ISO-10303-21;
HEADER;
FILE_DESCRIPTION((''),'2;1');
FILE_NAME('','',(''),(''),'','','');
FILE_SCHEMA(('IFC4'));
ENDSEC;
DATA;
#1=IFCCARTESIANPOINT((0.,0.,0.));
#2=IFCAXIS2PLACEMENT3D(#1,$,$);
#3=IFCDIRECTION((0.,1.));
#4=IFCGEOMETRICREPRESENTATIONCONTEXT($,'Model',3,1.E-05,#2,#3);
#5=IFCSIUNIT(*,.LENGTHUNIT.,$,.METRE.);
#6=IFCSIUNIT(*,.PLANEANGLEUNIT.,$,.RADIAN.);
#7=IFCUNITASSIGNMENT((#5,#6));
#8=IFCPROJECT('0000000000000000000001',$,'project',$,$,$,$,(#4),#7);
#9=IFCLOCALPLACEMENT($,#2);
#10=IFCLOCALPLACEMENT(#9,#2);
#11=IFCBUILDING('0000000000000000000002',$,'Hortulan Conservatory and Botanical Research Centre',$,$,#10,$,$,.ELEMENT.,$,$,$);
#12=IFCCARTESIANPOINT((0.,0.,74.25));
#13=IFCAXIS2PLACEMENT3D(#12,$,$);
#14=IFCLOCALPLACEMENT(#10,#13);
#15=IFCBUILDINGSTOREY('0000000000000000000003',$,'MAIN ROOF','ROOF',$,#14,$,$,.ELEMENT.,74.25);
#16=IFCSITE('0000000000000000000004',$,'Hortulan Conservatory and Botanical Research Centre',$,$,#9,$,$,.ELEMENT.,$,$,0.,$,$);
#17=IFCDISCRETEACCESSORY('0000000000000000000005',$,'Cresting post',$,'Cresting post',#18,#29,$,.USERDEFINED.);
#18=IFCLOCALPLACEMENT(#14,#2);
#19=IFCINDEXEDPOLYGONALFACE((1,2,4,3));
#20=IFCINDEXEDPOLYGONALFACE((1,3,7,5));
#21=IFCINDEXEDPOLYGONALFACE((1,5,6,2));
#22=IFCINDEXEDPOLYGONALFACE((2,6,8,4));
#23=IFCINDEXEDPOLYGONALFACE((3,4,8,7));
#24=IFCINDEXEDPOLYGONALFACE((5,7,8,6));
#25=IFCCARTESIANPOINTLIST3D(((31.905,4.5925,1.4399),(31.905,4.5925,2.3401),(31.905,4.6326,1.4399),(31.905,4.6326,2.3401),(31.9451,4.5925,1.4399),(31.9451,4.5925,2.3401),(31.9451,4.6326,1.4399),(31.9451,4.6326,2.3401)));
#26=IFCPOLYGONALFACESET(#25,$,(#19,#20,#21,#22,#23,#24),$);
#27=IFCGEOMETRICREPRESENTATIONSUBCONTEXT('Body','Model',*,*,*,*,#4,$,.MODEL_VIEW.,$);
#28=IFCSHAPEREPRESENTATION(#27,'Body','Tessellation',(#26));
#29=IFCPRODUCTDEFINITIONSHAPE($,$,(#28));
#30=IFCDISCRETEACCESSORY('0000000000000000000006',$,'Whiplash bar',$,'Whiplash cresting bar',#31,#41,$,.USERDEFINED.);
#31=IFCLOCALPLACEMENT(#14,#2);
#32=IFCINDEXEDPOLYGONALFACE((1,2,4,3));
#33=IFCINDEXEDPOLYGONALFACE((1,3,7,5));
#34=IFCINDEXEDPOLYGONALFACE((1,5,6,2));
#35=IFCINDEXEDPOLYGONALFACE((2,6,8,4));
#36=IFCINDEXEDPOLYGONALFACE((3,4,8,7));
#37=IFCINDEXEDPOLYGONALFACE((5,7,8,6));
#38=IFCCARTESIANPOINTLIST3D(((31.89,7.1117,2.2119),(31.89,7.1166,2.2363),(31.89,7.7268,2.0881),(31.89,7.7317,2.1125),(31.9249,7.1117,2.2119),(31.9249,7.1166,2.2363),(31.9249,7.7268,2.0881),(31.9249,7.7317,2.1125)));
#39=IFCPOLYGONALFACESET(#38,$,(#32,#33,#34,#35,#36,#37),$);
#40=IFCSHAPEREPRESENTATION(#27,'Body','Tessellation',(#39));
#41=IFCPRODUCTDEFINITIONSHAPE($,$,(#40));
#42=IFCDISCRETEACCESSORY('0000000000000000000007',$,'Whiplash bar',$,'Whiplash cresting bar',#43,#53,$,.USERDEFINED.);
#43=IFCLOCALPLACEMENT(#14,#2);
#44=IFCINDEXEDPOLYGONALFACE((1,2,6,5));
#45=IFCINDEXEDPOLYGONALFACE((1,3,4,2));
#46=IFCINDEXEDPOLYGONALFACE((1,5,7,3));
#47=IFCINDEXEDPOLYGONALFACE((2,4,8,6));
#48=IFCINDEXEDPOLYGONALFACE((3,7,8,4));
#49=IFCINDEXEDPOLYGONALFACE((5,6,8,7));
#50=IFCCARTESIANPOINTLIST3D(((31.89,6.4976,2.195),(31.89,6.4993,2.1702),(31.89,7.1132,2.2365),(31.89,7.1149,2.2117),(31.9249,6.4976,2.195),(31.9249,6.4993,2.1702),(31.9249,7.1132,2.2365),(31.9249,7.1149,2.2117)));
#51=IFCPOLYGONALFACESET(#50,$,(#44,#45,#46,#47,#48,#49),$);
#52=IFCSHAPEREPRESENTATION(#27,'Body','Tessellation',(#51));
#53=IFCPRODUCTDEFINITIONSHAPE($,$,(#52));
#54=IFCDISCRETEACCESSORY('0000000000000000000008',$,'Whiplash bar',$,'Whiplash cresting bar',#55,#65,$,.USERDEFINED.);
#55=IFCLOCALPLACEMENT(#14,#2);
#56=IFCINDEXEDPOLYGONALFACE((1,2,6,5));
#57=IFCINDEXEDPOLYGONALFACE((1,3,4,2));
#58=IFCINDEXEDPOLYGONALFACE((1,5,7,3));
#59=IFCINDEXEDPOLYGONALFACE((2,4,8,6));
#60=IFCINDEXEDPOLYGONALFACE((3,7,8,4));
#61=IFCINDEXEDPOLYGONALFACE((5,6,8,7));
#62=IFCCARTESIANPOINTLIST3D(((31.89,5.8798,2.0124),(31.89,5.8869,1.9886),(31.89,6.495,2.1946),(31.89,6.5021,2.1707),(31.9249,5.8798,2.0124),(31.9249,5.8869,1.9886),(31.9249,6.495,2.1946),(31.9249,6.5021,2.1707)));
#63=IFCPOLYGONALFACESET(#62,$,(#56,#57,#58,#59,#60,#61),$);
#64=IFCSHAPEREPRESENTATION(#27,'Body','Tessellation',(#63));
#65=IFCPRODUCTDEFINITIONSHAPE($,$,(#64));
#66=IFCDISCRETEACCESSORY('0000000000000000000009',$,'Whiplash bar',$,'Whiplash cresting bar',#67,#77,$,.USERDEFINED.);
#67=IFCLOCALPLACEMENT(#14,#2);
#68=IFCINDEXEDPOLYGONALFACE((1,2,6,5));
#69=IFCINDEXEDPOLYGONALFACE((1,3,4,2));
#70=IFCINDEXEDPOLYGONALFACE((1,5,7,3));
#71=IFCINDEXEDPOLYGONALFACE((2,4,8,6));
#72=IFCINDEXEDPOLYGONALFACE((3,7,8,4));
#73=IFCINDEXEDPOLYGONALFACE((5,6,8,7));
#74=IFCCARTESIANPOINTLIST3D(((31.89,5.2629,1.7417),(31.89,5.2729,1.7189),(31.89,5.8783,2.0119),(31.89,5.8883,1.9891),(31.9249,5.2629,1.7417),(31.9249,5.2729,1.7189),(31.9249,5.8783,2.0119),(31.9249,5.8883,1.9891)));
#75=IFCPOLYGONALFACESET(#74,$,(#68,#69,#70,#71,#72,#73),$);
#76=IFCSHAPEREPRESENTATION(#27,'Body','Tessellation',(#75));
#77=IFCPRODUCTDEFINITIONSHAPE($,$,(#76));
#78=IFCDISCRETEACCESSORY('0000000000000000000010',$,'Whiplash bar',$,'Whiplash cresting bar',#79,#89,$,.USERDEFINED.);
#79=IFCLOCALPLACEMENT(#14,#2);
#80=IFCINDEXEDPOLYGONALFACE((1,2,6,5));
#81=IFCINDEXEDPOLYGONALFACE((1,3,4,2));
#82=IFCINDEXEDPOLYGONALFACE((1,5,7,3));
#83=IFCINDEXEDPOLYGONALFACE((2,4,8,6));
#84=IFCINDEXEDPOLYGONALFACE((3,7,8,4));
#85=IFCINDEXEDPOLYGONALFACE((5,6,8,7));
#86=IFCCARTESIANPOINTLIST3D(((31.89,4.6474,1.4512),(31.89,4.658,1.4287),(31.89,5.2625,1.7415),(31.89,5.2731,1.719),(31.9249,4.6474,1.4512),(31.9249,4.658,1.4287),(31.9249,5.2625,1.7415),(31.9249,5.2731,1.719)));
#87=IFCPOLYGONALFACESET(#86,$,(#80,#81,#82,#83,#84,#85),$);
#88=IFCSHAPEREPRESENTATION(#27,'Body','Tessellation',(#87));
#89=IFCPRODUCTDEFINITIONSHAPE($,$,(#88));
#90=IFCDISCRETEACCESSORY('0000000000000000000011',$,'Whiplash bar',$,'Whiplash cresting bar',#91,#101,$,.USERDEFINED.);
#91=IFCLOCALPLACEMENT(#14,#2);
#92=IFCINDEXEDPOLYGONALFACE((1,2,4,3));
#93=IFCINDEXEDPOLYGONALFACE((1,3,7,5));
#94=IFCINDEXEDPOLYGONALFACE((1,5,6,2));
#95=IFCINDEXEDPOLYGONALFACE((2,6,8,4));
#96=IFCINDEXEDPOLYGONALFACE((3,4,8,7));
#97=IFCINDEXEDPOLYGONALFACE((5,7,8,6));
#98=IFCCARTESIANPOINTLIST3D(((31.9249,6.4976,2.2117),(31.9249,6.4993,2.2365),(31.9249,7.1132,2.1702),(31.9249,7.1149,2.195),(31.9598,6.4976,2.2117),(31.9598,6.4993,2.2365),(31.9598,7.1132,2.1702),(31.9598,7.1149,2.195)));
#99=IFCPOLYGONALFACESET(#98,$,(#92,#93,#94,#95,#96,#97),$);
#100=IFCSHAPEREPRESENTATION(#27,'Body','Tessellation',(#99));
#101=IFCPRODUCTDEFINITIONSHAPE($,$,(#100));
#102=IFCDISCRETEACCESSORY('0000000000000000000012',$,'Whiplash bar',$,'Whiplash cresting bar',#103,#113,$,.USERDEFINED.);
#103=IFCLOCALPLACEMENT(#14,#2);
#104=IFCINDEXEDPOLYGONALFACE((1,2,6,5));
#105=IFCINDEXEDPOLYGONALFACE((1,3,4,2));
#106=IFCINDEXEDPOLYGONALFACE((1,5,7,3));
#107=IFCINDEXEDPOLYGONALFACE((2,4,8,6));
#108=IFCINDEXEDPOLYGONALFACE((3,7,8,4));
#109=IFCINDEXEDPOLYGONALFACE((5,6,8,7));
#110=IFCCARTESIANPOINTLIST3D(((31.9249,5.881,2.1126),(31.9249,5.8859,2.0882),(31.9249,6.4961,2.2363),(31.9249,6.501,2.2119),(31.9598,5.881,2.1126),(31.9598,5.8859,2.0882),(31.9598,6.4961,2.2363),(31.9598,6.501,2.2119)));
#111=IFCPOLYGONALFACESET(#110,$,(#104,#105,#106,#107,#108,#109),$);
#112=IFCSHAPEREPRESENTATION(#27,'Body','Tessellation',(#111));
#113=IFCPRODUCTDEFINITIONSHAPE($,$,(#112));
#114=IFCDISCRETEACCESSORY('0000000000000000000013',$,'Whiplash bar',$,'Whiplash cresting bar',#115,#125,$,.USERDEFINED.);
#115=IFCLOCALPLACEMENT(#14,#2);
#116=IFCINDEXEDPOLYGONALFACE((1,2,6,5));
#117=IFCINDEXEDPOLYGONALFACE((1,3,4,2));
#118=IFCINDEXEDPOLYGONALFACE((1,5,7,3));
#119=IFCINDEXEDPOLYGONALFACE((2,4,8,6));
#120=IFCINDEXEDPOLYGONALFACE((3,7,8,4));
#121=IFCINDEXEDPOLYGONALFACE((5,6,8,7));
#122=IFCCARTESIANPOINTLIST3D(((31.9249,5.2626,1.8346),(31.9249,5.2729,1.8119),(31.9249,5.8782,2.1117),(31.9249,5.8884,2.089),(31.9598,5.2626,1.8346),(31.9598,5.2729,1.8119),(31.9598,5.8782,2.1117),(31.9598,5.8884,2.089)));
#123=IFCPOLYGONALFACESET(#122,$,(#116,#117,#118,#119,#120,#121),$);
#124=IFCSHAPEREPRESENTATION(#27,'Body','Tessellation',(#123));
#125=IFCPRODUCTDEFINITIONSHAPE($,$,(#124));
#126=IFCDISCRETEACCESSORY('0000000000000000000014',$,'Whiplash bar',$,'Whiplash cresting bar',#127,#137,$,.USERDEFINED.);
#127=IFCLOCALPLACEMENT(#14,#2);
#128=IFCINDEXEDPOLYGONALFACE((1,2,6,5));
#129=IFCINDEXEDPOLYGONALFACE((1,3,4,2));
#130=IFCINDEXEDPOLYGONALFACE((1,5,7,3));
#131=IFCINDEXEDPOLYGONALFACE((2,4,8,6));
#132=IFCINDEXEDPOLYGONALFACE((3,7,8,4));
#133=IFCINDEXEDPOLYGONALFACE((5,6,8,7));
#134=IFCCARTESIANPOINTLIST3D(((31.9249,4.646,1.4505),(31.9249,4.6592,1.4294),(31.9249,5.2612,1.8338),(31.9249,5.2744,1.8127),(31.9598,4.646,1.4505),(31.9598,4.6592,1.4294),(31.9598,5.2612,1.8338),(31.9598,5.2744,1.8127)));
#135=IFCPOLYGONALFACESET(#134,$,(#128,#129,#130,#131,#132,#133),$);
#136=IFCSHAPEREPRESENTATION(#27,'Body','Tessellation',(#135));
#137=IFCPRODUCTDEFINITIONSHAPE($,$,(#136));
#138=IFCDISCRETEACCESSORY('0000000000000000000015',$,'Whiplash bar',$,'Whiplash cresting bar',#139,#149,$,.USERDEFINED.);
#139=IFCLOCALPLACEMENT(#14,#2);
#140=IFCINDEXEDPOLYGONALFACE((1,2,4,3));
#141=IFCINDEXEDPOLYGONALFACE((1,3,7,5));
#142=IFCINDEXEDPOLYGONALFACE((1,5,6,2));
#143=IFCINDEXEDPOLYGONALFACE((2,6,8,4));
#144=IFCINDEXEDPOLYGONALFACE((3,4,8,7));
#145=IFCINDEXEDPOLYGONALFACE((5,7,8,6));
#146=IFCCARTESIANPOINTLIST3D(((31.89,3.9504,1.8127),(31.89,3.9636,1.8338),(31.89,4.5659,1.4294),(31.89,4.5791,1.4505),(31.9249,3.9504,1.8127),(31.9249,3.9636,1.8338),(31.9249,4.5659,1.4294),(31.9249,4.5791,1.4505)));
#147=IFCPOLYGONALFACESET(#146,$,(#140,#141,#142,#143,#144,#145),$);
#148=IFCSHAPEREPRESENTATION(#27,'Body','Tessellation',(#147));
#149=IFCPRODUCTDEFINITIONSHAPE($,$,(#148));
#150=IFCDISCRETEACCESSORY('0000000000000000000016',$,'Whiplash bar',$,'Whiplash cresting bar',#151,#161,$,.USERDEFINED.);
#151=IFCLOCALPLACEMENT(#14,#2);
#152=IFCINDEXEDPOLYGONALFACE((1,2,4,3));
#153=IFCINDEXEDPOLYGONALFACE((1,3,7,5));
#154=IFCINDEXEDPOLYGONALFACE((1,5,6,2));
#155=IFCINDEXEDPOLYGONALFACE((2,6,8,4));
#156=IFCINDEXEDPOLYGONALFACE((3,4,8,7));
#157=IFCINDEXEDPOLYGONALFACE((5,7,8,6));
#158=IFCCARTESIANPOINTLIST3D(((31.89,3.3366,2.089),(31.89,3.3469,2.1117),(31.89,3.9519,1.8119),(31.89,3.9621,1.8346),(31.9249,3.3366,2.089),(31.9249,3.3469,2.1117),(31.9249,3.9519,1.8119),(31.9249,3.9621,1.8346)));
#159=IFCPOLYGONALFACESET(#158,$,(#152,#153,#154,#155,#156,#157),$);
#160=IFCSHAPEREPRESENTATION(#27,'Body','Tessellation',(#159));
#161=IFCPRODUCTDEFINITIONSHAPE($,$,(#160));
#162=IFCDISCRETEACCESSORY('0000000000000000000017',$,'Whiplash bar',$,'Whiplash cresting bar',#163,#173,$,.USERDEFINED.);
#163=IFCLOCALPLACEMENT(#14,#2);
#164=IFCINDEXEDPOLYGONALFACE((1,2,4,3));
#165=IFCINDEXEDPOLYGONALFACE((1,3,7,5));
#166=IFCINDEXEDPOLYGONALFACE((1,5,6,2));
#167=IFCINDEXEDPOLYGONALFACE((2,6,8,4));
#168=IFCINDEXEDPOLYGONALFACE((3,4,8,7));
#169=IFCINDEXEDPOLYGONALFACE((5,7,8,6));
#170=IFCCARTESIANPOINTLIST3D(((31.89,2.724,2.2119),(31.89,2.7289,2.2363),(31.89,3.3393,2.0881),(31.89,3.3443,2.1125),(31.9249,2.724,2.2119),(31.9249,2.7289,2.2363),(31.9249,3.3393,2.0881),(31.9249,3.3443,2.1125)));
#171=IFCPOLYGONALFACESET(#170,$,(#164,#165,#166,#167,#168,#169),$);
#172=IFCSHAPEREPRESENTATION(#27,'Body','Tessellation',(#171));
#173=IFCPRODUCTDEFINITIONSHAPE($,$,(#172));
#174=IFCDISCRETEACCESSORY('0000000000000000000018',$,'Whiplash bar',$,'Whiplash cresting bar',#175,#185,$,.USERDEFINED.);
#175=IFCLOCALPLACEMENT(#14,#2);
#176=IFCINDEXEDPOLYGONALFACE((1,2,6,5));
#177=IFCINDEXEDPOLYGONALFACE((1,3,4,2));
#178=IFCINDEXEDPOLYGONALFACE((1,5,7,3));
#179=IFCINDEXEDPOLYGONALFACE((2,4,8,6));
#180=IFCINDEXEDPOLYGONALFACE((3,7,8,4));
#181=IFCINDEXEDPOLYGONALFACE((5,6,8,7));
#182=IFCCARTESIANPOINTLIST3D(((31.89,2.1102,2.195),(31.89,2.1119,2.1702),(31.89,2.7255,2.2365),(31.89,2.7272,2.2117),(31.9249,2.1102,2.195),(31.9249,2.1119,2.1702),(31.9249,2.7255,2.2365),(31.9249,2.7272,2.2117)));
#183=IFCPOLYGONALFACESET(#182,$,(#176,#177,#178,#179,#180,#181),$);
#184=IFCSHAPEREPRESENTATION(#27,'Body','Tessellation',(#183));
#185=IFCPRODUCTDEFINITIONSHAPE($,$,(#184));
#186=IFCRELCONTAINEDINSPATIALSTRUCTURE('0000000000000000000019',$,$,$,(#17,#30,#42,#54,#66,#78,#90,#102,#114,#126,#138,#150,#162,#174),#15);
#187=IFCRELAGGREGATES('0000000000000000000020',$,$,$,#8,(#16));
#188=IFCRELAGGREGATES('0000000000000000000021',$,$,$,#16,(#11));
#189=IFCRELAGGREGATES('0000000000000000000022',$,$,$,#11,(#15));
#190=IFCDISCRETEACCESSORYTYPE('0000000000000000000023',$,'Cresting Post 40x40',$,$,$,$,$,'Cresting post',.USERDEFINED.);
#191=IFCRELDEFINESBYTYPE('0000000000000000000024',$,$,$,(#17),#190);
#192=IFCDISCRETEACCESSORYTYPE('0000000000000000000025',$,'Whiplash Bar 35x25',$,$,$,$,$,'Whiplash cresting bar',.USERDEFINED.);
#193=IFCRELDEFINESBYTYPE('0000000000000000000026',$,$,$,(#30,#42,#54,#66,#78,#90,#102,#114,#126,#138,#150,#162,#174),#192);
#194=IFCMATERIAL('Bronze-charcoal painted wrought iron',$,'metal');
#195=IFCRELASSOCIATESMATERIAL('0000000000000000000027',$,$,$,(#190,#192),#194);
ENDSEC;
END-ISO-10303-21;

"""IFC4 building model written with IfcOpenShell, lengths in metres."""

from ifc_helpers import new_model, si_unit, direction, frame, origin, origin_2d, place, context, subcontext, project, spatial, rectangle, extrude, material, material_profile, profile_set, type_object, element, save


model = new_model("IFC4")

# Units and contexts
model_context = context("Model", 3, precision=1e-05, world=origin(), true_north=direction((0.0, 1.0)))
body_context = subcontext(model_context, "Body", "Model", "MODEL_VIEW")
ifc_project = project(units=[si_unit("LENGTHUNIT", "METRE"), si_unit("PLANEANGLEUNIT", "RADIAN")], contexts=[model_context])

# Site, building, storey
site_placement = place(None, origin())
site = spatial("IfcSite", under=ifc_project, at=site_placement, Name="Hortulan Conservatory and Botanical Research Centre", CompositionType="ELEMENT", RefElevation=0.0)
building_placement = place(site_placement, origin())
building = spatial("IfcBuilding", under=site, at=building_placement, Name="Hortulan Conservatory and Botanical Research Centre", CompositionType="ELEMENT")
storey_placement = place(building_placement, frame((0.0, 0.0, 74.25)))
storey = spatial("IfcBuildingStorey", under=building, at=storey_placement, Name="MAIN ROOF", Description="ROOF", CompositionType="ELEMENT", Elevation=74.25)

# Discrete accessories
ifc_material = material(Name="Bronze-charcoal painted wrought iron", Category="metal")
ifc_material_profile_1 = material_profile(ifc_material, rectangle(XDim=0.04, YDim=0.04, at=origin_2d()), Name="Square bar 40x40")
ifc_profile_set_1 = profile_set([ifc_material_profile_1], Name="Bronze-charcoal painted wrought iron")
discrete_accessory_type_1 = type_object("IfcDiscreteAccessoryType", Name="Cresting Post 40x40", ElementType="Cresting post", PredefinedType="USERDEFINED", material=ifc_profile_set_1)
discrete_accessory_1_placement = place(storey_placement, frame((31.925, 4.6125, 1.4399), z_axis=(0.0, 0.0, 1.0), x_axis=(1.0, 0.0, 0.0)))
element("IfcDiscreteAccessory", 1, at=discrete_accessory_1_placement, inside=storey, type_object=discrete_accessory_type_1, Name="Cresting post", ObjectType="Cresting post", PredefinedType="USERDEFINED", context=body_context, shape_type="SweptSolid", body=[
    extrude(rectangle(XDim=0.04, YDim=0.04, at=origin_2d()), origin(), (0.0, 0.0, 1.0), 0.9001),
])
ifc_material_profile_2 = material_profile(ifc_material, rectangle(XDim=0.0349, YDim=0.0249, at=origin_2d()), Name="Flat bar 35x25")
ifc_profile_set_2 = profile_set([ifc_material_profile_2], Name="Bronze-charcoal painted wrought iron")
discrete_accessory_type_2 = type_object("IfcDiscreteAccessoryType", Name="Whiplash Bar 35x25", ElementType="Whiplash cresting bar", PredefinedType="USERDEFINED", material=ifc_profile_set_2)
discrete_accessory_2_placement = place(storey_placement, frame((31.9075, 7.7292, 2.1003), z_axis=(0.0, -0.980356, 0.197238), x_axis=(1.0, 0.0, 0.0)))
element("IfcDiscreteAccessory", 2, at=discrete_accessory_2_placement, inside=storey, type_object=discrete_accessory_type_2, Name="Whiplash bar", ObjectType="Whiplash cresting bar", PredefinedType="USERDEFINED", context=body_context, shape_type="SweptSolid", body=[
    extrude(rectangle(XDim=0.0349, YDim=0.0249, at=origin_2d()), origin(), (0.0, 0.0, 1.0), 0.6274),
])
discrete_accessory_3_placement = place(storey_placement, frame((31.9075, 7.114, 2.2241), z_axis=(0.0, -0.997734, -0.067281), x_axis=(1.0, 0.0, 0.0)))
element("IfcDiscreteAccessory", 3, at=discrete_accessory_3_placement, inside=storey, type_object=discrete_accessory_type_2, Name="Whiplash bar", ObjectType="Whiplash cresting bar", PredefinedType="USERDEFINED", context=body_context, shape_type="SweptSolid", body=[
    extrude(rectangle(XDim=0.0349, YDim=0.0249, at=origin_2d()), origin(), (0.0, 0.0, 1.0), 0.6169),
])
discrete_accessory_4_placement = place(storey_placement, frame((31.9075, 6.4985, 2.1826), z_axis=(0.0, -0.958867, -0.283855), x_axis=(1.0, 0.0, 0.0)))
element("IfcDiscreteAccessory", 4, at=discrete_accessory_4_placement, inside=storey, type_object=discrete_accessory_type_2, Name="Whiplash bar", ObjectType="Whiplash cresting bar", PredefinedType="USERDEFINED", context=body_context, shape_type="SweptSolid", body=[
    extrude(rectangle(XDim=0.0349, YDim=0.0249, at=origin_2d()), origin(), (0.0, 0.0, 1.0), 0.6416),
])
discrete_accessory_5_placement = place(storey_placement, frame((31.9075, 5.8833, 2.0005), z_axis=(0.0, -0.915615, -0.402057), x_axis=(1.0, 0.0, 0.0)))
element("IfcDiscreteAccessory", 5, at=discrete_accessory_5_placement, inside=storey, type_object=discrete_accessory_type_2, Name="Whiplash bar", ObjectType="Whiplash cresting bar", PredefinedType="USERDEFINED", context=body_context, shape_type="SweptSolid", body=[
    extrude(rectangle(XDim=0.0349, YDim=0.0249, at=origin_2d()), origin(), (0.0, 0.0, 1.0), 0.6721),
])
discrete_accessory_6_placement = place(storey_placement, frame((31.9075, 5.2678, 1.7302), z_axis=(0.0, -0.904387, -0.426713), x_axis=(1.0, 0.0, 0.0)))
element("IfcDiscreteAccessory", 6, at=discrete_accessory_6_placement, inside=storey, type_object=discrete_accessory_type_2, Name="Whiplash bar", ObjectType="Whiplash cresting bar", PredefinedType="USERDEFINED", context=body_context, shape_type="SweptSolid", body=[
    extrude(rectangle(XDim=0.0349, YDim=0.0249, at=origin_2d()), origin(), (0.0, 0.0, 1.0), 0.6802),
])
discrete_accessory_7_placement = place(storey_placement, frame((31.9424, 7.114, 2.1826), z_axis=(0.0, -0.997734, 0.067281), x_axis=(1.0, 0.0, 0.0)))
element("IfcDiscreteAccessory", 7, at=discrete_accessory_7_placement, inside=storey, type_object=discrete_accessory_type_2, Name="Whiplash bar", ObjectType="Whiplash cresting bar", PredefinedType="USERDEFINED", context=body_context, shape_type="SweptSolid", body=[
    extrude(rectangle(XDim=0.0349, YDim=0.0249, at=origin_2d()), origin(), (0.0, 0.0, 1.0), 0.6169),
])
discrete_accessory_8_placement = place(storey_placement, frame((31.9424, 6.4985, 2.2241), z_axis=(0.0, -0.980356, -0.197238), x_axis=(1.0, 0.0, 0.0)))
element("IfcDiscreteAccessory", 8, at=discrete_accessory_8_placement, inside=storey, type_object=discrete_accessory_type_2, Name="Whiplash bar", ObjectType="Whiplash cresting bar", PredefinedType="USERDEFINED", context=body_context, shape_type="SweptSolid", body=[
    extrude(rectangle(XDim=0.0349, YDim=0.0249, at=origin_2d()), origin(), (0.0, 0.0, 1.0), 0.6274),
])
discrete_accessory_9_placement = place(storey_placement, frame((31.9424, 5.8833, 2.1003), z_axis=(0.0, -0.911847, -0.41053), x_axis=(1.0, 0.0, 0.0)))
element("IfcDiscreteAccessory", 9, at=discrete_accessory_9_placement, inside=storey, type_object=discrete_accessory_type_2, Name="Whiplash bar", ObjectType="Whiplash cresting bar", PredefinedType="USERDEFINED", context=body_context, shape_type="SweptSolid", body=[
    extrude(rectangle(XDim=0.0349, YDim=0.0249, at=origin_2d()), origin(), (0.0, 0.0, 1.0), 0.675),
])
discrete_accessory_10_placement = place(storey_placement, frame((31.9424, 5.2678, 1.8232), z_axis=(0.0, -0.848754, -0.528787), x_axis=(1.0, 0.0, 0.0)))
element("IfcDiscreteAccessory", 10, at=discrete_accessory_10_placement, inside=storey, type_object=discrete_accessory_type_2, Name="Whiplash bar", ObjectType="Whiplash cresting bar", PredefinedType="USERDEFINED", context=body_context, shape_type="SweptSolid", body=[
    extrude(rectangle(XDim=0.0349, YDim=0.0249, at=origin_2d()), origin(), (0.0, 0.0, 1.0), 0.7249),
])
discrete_accessory_11_placement = place(storey_placement, frame((31.9075, 4.5725, 1.4399), z_axis=(0.0, -0.848848, 0.528636), x_axis=(1.0, 0.0, 0.0)))
element("IfcDiscreteAccessory", 11, at=discrete_accessory_11_placement, inside=storey, type_object=discrete_accessory_type_2, Name="Whiplash bar", ObjectType="Whiplash cresting bar", PredefinedType="USERDEFINED", context=body_context, shape_type="SweptSolid", body=[
    extrude(rectangle(XDim=0.0349, YDim=0.0249, at=origin_2d()), origin(), (0.0, 0.0, 1.0), 0.7251),
])
discrete_accessory_12_placement = place(storey_placement, frame((31.9075, 3.957, 1.8232), z_axis=(0.0, -0.911786, 0.410666), x_axis=(1.0, 0.0, 0.0)))
element("IfcDiscreteAccessory", 12, at=discrete_accessory_12_placement, inside=storey, type_object=discrete_accessory_type_2, Name="Whiplash bar", ObjectType="Whiplash cresting bar", PredefinedType="USERDEFINED", context=body_context, shape_type="SweptSolid", body=[
    extrude(rectangle(XDim=0.0349, YDim=0.0249, at=origin_2d()), origin(), (0.0, 0.0, 1.0), 0.6748),
])
discrete_accessory_13_placement = place(storey_placement, frame((31.9075, 3.3418, 2.1003), z_axis=(0.0, -0.980371, 0.197163), x_axis=(1.0, 0.0, 0.0)))
element("IfcDiscreteAccessory", 13, at=discrete_accessory_13_placement, inside=storey, type_object=discrete_accessory_type_2, Name="Whiplash bar", ObjectType="Whiplash cresting bar", PredefinedType="USERDEFINED", context=body_context, shape_type="SweptSolid", body=[
    extrude(rectangle(XDim=0.0349, YDim=0.0249, at=origin_2d()), origin(), (0.0, 0.0, 1.0), 0.6277),
])
discrete_accessory_14_placement = place(storey_placement, frame((31.9075, 2.7263, 2.2241), z_axis=(0.0, -0.997732, -0.067307), x_axis=(1.0, 0.0, 0.0)))
element("IfcDiscreteAccessory", 14, at=discrete_accessory_14_placement, inside=storey, type_object=discrete_accessory_type_2, Name="Whiplash bar", ObjectType="Whiplash cresting bar", PredefinedType="USERDEFINED", context=body_context, shape_type="SweptSolid", body=[
    extrude(rectangle(XDim=0.0349, YDim=0.0249, at=origin_2d()), origin(), (0.0, 0.0, 1.0), 0.6167),
])

save(model, "model.ifc")
